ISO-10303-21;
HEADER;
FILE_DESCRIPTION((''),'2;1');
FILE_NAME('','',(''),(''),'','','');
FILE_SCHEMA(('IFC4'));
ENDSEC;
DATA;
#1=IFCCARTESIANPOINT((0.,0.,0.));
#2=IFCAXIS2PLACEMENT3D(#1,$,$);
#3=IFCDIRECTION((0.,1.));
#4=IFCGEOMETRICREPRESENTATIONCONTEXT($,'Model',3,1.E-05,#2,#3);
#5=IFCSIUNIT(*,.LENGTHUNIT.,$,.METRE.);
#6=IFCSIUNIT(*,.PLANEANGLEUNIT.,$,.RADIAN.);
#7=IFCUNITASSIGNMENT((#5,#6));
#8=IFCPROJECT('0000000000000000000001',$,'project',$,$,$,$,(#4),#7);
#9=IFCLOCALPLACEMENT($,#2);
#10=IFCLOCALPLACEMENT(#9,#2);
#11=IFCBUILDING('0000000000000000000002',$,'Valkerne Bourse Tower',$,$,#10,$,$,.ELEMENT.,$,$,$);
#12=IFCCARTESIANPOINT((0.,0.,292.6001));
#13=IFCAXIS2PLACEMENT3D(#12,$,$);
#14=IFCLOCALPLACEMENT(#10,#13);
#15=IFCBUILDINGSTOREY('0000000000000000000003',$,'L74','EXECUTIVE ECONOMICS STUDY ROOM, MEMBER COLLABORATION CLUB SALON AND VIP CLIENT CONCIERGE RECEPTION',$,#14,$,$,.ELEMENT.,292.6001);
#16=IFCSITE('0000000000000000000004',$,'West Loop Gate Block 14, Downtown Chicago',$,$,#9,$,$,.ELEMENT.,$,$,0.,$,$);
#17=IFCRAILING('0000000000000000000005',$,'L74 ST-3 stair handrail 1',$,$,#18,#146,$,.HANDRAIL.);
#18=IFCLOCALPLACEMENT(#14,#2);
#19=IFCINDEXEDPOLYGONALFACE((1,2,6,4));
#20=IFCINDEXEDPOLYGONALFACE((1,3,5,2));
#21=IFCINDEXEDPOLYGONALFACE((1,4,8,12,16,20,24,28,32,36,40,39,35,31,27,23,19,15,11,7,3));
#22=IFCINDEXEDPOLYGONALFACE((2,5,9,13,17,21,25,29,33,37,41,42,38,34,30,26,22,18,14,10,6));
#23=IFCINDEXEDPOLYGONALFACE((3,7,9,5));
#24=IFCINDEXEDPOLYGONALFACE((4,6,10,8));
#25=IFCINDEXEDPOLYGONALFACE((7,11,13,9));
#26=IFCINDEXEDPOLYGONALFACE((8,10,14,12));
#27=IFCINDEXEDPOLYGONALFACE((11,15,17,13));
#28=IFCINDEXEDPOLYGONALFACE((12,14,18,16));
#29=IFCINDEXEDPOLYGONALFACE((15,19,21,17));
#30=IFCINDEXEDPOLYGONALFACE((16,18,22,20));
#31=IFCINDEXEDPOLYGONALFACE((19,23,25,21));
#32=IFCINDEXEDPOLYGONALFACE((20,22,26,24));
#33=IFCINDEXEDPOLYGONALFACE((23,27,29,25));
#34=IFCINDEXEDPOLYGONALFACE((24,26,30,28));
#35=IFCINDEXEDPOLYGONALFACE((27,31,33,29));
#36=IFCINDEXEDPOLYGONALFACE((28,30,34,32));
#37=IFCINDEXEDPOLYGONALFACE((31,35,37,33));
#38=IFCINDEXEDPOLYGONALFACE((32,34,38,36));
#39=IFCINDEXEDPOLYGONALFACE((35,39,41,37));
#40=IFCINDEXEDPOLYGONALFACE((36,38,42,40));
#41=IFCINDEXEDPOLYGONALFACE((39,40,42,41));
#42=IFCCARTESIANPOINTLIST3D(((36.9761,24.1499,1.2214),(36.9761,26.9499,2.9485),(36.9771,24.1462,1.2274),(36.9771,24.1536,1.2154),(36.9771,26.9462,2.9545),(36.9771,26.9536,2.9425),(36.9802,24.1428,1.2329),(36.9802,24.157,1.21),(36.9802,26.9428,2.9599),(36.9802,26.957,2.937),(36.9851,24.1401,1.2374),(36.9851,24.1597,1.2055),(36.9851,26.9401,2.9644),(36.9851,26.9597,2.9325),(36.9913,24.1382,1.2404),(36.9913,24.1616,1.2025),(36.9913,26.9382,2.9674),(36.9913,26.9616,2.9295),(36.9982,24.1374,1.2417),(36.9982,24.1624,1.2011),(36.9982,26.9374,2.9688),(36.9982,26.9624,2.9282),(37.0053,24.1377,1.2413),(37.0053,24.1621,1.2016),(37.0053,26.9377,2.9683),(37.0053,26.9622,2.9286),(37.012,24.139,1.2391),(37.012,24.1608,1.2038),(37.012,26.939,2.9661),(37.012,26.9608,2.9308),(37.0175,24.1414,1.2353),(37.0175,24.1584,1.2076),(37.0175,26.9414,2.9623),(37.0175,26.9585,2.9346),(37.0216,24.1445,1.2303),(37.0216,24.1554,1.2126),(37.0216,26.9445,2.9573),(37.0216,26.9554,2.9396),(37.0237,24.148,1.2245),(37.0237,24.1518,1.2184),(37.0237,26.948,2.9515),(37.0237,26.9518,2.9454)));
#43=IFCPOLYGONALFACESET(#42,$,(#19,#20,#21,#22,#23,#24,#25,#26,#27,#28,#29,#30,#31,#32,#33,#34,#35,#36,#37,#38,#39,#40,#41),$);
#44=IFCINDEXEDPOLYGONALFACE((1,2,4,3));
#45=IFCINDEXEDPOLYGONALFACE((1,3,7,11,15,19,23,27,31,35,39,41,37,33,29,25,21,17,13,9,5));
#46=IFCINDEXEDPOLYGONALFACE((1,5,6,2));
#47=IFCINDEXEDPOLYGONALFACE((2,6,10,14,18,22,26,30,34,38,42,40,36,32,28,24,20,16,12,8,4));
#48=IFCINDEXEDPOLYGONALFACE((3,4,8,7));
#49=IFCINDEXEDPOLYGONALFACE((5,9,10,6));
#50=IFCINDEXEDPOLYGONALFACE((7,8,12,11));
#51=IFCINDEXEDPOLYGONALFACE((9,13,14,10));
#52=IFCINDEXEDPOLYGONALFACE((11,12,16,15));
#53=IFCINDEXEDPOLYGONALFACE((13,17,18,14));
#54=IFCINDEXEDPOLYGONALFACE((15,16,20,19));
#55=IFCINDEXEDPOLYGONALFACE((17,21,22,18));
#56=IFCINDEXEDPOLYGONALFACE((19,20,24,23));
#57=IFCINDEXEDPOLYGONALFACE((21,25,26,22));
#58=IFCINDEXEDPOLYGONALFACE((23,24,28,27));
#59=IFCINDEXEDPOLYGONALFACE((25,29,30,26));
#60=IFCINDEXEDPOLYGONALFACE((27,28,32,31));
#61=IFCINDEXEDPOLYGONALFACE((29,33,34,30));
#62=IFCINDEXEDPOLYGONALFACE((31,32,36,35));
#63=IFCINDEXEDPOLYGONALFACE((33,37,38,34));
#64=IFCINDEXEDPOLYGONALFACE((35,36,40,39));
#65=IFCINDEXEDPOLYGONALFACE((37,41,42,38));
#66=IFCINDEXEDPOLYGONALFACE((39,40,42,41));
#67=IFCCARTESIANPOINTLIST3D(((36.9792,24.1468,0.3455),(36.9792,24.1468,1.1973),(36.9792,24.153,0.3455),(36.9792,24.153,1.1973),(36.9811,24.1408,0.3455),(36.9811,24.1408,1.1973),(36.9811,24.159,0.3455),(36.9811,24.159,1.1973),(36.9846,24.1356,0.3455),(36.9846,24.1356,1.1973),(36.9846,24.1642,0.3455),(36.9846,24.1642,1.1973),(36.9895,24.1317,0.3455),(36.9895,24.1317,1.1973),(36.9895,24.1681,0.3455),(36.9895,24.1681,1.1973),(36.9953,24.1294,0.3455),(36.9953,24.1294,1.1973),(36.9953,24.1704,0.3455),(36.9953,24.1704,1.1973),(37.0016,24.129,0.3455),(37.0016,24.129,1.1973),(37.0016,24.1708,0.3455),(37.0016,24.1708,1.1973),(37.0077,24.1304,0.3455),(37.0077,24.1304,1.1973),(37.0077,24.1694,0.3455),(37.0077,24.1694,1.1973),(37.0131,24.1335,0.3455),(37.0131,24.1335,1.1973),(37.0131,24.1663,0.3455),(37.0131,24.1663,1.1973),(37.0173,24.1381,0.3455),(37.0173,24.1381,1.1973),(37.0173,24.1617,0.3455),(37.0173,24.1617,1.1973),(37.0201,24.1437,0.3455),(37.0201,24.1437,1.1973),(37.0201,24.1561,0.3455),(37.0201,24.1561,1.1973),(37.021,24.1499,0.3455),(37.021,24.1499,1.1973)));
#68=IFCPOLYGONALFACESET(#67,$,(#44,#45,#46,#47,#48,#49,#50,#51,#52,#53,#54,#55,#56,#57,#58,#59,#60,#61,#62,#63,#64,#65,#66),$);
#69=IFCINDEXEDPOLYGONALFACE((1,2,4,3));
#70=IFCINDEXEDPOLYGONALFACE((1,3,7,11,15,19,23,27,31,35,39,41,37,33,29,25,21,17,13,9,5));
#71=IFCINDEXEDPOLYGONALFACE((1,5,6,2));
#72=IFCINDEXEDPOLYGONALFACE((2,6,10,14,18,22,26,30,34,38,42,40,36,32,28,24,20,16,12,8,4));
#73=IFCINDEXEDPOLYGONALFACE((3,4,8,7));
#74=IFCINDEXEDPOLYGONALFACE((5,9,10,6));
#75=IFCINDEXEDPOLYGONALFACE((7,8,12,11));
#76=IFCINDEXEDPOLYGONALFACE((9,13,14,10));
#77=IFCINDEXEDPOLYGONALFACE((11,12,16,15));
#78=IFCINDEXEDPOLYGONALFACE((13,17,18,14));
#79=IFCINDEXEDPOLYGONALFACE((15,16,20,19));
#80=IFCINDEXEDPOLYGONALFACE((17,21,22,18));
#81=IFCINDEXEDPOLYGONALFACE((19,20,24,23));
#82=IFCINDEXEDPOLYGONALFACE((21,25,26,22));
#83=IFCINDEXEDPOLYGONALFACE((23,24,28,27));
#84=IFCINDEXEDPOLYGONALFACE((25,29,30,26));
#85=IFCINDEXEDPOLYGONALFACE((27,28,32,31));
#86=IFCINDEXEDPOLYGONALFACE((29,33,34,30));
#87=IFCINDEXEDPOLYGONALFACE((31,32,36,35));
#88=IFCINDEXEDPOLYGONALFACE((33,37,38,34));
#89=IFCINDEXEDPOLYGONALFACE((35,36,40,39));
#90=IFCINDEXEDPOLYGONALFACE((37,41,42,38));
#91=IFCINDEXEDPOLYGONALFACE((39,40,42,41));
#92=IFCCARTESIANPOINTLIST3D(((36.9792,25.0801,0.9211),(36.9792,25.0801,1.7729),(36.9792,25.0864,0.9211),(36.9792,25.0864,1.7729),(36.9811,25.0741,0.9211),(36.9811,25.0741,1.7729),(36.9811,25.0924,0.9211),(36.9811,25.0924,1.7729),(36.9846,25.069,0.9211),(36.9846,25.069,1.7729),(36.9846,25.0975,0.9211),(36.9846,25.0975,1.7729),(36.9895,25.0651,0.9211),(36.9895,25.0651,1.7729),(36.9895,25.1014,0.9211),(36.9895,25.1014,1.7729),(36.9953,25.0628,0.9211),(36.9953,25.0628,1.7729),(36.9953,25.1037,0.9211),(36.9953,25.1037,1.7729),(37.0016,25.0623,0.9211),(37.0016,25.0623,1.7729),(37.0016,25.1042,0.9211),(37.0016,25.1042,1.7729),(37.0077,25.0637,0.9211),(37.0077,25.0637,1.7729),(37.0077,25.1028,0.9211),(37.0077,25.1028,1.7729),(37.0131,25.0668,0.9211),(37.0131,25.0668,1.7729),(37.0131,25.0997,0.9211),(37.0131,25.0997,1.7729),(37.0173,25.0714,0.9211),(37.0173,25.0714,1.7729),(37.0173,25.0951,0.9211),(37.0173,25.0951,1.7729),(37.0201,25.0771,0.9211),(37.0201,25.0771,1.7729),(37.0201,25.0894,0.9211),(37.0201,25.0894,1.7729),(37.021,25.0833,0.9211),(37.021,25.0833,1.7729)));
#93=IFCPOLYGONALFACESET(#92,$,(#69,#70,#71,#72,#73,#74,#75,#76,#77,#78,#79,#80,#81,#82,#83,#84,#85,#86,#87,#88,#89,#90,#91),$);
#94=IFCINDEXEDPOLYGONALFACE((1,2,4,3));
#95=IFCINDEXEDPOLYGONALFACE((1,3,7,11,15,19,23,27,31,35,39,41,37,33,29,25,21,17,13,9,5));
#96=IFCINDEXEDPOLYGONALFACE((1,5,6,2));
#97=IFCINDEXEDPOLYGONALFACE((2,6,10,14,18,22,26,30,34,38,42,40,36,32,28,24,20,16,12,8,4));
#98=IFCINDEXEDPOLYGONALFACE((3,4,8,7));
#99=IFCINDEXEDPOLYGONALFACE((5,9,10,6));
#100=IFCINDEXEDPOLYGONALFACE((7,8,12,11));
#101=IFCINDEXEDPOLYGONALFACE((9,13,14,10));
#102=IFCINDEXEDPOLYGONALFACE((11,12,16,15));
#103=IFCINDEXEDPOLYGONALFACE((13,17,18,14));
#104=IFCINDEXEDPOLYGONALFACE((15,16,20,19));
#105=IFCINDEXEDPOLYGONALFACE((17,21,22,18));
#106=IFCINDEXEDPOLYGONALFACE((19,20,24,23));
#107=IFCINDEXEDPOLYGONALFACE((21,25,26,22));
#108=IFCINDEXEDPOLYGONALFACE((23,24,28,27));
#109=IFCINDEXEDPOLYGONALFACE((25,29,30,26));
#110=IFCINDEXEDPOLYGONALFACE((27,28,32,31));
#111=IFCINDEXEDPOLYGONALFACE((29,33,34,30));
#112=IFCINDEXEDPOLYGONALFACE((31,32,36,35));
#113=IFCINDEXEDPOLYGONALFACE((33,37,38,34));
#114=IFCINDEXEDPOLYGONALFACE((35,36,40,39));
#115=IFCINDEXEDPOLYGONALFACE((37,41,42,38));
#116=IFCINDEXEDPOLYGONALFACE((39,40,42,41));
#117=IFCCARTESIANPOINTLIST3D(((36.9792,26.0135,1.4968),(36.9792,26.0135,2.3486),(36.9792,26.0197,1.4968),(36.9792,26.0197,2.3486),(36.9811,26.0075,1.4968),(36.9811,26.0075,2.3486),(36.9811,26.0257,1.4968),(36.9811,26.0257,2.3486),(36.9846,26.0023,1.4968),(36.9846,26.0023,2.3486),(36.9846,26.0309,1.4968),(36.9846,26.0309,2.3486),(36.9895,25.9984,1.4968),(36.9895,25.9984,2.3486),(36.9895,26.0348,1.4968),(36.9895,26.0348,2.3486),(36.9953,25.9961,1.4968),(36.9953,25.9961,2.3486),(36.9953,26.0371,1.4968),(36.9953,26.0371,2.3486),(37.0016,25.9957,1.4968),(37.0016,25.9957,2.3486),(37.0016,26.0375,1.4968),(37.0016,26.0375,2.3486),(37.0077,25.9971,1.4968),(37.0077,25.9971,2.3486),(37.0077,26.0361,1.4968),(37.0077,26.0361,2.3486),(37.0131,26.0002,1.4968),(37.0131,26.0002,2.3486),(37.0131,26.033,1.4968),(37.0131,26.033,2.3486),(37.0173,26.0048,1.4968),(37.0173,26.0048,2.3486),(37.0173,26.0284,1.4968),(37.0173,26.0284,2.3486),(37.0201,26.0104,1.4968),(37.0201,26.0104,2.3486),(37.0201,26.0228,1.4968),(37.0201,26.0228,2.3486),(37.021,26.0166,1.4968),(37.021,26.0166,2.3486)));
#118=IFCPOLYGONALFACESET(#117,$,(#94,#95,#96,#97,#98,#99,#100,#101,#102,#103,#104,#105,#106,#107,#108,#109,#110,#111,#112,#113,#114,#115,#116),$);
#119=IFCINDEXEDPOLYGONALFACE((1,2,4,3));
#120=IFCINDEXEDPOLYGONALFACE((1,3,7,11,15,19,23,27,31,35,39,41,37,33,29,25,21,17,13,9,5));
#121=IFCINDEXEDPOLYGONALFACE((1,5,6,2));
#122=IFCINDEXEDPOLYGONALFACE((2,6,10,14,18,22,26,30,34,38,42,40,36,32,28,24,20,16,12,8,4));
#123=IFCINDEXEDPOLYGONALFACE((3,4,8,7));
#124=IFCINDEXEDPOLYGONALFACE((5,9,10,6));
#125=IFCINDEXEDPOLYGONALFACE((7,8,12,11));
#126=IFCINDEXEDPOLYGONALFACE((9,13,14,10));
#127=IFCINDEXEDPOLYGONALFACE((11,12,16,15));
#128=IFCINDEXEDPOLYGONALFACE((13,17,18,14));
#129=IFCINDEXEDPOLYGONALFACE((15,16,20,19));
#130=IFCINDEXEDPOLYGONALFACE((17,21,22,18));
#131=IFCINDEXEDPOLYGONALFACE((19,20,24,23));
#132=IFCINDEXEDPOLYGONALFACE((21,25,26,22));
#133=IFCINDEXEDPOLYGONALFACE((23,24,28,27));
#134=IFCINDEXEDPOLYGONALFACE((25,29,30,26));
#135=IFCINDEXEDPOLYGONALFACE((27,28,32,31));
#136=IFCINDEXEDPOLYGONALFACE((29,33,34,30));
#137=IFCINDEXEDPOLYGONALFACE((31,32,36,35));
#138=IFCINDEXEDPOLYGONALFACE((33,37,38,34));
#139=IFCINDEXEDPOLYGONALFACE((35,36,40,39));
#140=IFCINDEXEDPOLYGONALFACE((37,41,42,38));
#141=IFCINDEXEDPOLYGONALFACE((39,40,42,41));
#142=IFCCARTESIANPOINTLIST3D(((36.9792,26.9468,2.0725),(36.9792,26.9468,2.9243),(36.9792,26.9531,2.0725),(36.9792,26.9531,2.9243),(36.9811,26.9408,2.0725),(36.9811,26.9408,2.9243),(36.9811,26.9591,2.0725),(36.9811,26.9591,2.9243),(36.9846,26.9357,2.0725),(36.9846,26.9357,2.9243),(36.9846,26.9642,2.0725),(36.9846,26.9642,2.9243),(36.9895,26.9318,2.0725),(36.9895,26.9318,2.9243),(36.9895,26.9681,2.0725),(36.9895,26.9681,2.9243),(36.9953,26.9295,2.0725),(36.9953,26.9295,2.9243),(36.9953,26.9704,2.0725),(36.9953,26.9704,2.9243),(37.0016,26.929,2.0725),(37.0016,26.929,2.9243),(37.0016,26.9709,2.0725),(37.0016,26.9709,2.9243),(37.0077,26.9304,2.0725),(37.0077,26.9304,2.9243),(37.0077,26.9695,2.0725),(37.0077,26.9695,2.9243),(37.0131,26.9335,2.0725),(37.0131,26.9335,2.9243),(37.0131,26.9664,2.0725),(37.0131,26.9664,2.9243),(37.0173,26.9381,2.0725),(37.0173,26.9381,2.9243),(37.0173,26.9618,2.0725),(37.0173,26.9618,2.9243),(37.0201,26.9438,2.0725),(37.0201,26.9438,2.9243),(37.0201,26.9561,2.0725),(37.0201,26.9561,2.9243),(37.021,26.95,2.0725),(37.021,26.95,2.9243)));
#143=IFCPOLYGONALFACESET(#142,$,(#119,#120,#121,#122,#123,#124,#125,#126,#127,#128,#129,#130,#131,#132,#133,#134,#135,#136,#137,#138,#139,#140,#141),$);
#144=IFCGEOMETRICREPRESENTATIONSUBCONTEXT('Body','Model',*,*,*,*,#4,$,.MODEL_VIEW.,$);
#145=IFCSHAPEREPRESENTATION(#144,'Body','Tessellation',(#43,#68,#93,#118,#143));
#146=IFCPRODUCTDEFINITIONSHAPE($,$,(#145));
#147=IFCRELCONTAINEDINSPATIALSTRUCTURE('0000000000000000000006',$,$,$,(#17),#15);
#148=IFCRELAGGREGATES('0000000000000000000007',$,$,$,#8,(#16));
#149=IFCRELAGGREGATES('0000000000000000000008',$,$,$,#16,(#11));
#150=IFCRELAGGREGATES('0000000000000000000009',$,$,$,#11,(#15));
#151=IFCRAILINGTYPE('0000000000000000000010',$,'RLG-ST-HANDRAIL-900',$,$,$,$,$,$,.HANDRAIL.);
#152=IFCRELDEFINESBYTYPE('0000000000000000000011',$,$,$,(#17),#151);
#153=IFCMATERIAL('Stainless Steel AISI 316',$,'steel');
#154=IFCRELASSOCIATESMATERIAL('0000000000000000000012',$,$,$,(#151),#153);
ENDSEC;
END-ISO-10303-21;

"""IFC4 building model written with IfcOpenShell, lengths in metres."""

from ifc_helpers import new_model, si_unit, direction, frame, origin, origin_2d, place, context, subcontext, project, spatial, circle, extrude, material, type_object, element, save


model = new_model("IFC4")

# Units and contexts
model_context = context("Model", 3, precision=1e-05, world=origin(), true_north=direction((0.0, 1.0)))
body_context = subcontext(model_context, "Body", "Model", "MODEL_VIEW")
ifc_project = project(units=[si_unit("LENGTHUNIT", "METRE"), si_unit("PLANEANGLEUNIT", "RADIAN")], contexts=[model_context])

# Site, building, storey
site_placement = place(None, origin())
site = spatial("IfcSite", under=ifc_project, at=site_placement, Name="West Loop Gate Block 14, Downtown Chicago", CompositionType="ELEMENT", RefElevation=0.0)
building_placement = place(site_placement, origin())
building = spatial("IfcBuilding", under=site, at=building_placement, Name="Valkerne Bourse Tower", CompositionType="ELEMENT")
storey_placement = place(building_placement, frame((0.0, 0.0, 292.6001)))
storey = spatial("IfcBuildingStorey", under=building, at=storey_placement, Name="L74", Description="EXECUTIVE ECONOMICS STUDY ROOM, MEMBER COLLABORATION CLUB SALON AND VIP CLIENT CONCIERGE RECEPTION", CompositionType="ELEMENT", Elevation=292.6001)

# Shared definitions
ifc_material_1 = material(Name="Stainless Steel AISI 316", Category="steel")

# Railing
railing_type_1 = type_object("IfcRailingType", Name="RLG-ST-HANDRAIL-900", PredefinedType="HANDRAIL", material=ifc_material_1)
railing_1_placement = place(storey_placement, frame((37.0, 24.1499, 0.3455)))
element("IfcRailing", 1, at=railing_1_placement, inside=storey, type_object=railing_type_1, Name="L74 ST-3 stair handrail 1", PredefinedType="HANDRAIL", context=body_context, shape_type="SweptSolid", body=[
    extrude(circle(Radius=0.0239, at=origin_2d()), frame((0.0, 0.0, 0.876), z_axis=(0.0, 0.851123, 0.524967), x_axis=(-1.0, 0.0, 0.0)), (0.0, 0.0, 1.0), 3.2898),
    extrude(circle(Radius=0.021, at=origin_2d()), origin(), (0.0, 0.0, 1.0), 0.8518),
    extrude(circle(Radius=0.021, at=origin_2d()), frame((0.0, 0.9333, 0.5757)), (0.0, 0.0, 1.0), 0.8518),
    extrude(circle(Radius=0.021, at=origin_2d()), frame((0.0, 1.8667, 1.1514)), (0.0, 0.0, 1.0), 0.8518),
    extrude(circle(Radius=0.021, at=origin_2d()), frame((0.0, 2.8, 1.7271)), (0.0, 0.0, 1.0), 0.8518),
])

save(model, "model.ifc")
